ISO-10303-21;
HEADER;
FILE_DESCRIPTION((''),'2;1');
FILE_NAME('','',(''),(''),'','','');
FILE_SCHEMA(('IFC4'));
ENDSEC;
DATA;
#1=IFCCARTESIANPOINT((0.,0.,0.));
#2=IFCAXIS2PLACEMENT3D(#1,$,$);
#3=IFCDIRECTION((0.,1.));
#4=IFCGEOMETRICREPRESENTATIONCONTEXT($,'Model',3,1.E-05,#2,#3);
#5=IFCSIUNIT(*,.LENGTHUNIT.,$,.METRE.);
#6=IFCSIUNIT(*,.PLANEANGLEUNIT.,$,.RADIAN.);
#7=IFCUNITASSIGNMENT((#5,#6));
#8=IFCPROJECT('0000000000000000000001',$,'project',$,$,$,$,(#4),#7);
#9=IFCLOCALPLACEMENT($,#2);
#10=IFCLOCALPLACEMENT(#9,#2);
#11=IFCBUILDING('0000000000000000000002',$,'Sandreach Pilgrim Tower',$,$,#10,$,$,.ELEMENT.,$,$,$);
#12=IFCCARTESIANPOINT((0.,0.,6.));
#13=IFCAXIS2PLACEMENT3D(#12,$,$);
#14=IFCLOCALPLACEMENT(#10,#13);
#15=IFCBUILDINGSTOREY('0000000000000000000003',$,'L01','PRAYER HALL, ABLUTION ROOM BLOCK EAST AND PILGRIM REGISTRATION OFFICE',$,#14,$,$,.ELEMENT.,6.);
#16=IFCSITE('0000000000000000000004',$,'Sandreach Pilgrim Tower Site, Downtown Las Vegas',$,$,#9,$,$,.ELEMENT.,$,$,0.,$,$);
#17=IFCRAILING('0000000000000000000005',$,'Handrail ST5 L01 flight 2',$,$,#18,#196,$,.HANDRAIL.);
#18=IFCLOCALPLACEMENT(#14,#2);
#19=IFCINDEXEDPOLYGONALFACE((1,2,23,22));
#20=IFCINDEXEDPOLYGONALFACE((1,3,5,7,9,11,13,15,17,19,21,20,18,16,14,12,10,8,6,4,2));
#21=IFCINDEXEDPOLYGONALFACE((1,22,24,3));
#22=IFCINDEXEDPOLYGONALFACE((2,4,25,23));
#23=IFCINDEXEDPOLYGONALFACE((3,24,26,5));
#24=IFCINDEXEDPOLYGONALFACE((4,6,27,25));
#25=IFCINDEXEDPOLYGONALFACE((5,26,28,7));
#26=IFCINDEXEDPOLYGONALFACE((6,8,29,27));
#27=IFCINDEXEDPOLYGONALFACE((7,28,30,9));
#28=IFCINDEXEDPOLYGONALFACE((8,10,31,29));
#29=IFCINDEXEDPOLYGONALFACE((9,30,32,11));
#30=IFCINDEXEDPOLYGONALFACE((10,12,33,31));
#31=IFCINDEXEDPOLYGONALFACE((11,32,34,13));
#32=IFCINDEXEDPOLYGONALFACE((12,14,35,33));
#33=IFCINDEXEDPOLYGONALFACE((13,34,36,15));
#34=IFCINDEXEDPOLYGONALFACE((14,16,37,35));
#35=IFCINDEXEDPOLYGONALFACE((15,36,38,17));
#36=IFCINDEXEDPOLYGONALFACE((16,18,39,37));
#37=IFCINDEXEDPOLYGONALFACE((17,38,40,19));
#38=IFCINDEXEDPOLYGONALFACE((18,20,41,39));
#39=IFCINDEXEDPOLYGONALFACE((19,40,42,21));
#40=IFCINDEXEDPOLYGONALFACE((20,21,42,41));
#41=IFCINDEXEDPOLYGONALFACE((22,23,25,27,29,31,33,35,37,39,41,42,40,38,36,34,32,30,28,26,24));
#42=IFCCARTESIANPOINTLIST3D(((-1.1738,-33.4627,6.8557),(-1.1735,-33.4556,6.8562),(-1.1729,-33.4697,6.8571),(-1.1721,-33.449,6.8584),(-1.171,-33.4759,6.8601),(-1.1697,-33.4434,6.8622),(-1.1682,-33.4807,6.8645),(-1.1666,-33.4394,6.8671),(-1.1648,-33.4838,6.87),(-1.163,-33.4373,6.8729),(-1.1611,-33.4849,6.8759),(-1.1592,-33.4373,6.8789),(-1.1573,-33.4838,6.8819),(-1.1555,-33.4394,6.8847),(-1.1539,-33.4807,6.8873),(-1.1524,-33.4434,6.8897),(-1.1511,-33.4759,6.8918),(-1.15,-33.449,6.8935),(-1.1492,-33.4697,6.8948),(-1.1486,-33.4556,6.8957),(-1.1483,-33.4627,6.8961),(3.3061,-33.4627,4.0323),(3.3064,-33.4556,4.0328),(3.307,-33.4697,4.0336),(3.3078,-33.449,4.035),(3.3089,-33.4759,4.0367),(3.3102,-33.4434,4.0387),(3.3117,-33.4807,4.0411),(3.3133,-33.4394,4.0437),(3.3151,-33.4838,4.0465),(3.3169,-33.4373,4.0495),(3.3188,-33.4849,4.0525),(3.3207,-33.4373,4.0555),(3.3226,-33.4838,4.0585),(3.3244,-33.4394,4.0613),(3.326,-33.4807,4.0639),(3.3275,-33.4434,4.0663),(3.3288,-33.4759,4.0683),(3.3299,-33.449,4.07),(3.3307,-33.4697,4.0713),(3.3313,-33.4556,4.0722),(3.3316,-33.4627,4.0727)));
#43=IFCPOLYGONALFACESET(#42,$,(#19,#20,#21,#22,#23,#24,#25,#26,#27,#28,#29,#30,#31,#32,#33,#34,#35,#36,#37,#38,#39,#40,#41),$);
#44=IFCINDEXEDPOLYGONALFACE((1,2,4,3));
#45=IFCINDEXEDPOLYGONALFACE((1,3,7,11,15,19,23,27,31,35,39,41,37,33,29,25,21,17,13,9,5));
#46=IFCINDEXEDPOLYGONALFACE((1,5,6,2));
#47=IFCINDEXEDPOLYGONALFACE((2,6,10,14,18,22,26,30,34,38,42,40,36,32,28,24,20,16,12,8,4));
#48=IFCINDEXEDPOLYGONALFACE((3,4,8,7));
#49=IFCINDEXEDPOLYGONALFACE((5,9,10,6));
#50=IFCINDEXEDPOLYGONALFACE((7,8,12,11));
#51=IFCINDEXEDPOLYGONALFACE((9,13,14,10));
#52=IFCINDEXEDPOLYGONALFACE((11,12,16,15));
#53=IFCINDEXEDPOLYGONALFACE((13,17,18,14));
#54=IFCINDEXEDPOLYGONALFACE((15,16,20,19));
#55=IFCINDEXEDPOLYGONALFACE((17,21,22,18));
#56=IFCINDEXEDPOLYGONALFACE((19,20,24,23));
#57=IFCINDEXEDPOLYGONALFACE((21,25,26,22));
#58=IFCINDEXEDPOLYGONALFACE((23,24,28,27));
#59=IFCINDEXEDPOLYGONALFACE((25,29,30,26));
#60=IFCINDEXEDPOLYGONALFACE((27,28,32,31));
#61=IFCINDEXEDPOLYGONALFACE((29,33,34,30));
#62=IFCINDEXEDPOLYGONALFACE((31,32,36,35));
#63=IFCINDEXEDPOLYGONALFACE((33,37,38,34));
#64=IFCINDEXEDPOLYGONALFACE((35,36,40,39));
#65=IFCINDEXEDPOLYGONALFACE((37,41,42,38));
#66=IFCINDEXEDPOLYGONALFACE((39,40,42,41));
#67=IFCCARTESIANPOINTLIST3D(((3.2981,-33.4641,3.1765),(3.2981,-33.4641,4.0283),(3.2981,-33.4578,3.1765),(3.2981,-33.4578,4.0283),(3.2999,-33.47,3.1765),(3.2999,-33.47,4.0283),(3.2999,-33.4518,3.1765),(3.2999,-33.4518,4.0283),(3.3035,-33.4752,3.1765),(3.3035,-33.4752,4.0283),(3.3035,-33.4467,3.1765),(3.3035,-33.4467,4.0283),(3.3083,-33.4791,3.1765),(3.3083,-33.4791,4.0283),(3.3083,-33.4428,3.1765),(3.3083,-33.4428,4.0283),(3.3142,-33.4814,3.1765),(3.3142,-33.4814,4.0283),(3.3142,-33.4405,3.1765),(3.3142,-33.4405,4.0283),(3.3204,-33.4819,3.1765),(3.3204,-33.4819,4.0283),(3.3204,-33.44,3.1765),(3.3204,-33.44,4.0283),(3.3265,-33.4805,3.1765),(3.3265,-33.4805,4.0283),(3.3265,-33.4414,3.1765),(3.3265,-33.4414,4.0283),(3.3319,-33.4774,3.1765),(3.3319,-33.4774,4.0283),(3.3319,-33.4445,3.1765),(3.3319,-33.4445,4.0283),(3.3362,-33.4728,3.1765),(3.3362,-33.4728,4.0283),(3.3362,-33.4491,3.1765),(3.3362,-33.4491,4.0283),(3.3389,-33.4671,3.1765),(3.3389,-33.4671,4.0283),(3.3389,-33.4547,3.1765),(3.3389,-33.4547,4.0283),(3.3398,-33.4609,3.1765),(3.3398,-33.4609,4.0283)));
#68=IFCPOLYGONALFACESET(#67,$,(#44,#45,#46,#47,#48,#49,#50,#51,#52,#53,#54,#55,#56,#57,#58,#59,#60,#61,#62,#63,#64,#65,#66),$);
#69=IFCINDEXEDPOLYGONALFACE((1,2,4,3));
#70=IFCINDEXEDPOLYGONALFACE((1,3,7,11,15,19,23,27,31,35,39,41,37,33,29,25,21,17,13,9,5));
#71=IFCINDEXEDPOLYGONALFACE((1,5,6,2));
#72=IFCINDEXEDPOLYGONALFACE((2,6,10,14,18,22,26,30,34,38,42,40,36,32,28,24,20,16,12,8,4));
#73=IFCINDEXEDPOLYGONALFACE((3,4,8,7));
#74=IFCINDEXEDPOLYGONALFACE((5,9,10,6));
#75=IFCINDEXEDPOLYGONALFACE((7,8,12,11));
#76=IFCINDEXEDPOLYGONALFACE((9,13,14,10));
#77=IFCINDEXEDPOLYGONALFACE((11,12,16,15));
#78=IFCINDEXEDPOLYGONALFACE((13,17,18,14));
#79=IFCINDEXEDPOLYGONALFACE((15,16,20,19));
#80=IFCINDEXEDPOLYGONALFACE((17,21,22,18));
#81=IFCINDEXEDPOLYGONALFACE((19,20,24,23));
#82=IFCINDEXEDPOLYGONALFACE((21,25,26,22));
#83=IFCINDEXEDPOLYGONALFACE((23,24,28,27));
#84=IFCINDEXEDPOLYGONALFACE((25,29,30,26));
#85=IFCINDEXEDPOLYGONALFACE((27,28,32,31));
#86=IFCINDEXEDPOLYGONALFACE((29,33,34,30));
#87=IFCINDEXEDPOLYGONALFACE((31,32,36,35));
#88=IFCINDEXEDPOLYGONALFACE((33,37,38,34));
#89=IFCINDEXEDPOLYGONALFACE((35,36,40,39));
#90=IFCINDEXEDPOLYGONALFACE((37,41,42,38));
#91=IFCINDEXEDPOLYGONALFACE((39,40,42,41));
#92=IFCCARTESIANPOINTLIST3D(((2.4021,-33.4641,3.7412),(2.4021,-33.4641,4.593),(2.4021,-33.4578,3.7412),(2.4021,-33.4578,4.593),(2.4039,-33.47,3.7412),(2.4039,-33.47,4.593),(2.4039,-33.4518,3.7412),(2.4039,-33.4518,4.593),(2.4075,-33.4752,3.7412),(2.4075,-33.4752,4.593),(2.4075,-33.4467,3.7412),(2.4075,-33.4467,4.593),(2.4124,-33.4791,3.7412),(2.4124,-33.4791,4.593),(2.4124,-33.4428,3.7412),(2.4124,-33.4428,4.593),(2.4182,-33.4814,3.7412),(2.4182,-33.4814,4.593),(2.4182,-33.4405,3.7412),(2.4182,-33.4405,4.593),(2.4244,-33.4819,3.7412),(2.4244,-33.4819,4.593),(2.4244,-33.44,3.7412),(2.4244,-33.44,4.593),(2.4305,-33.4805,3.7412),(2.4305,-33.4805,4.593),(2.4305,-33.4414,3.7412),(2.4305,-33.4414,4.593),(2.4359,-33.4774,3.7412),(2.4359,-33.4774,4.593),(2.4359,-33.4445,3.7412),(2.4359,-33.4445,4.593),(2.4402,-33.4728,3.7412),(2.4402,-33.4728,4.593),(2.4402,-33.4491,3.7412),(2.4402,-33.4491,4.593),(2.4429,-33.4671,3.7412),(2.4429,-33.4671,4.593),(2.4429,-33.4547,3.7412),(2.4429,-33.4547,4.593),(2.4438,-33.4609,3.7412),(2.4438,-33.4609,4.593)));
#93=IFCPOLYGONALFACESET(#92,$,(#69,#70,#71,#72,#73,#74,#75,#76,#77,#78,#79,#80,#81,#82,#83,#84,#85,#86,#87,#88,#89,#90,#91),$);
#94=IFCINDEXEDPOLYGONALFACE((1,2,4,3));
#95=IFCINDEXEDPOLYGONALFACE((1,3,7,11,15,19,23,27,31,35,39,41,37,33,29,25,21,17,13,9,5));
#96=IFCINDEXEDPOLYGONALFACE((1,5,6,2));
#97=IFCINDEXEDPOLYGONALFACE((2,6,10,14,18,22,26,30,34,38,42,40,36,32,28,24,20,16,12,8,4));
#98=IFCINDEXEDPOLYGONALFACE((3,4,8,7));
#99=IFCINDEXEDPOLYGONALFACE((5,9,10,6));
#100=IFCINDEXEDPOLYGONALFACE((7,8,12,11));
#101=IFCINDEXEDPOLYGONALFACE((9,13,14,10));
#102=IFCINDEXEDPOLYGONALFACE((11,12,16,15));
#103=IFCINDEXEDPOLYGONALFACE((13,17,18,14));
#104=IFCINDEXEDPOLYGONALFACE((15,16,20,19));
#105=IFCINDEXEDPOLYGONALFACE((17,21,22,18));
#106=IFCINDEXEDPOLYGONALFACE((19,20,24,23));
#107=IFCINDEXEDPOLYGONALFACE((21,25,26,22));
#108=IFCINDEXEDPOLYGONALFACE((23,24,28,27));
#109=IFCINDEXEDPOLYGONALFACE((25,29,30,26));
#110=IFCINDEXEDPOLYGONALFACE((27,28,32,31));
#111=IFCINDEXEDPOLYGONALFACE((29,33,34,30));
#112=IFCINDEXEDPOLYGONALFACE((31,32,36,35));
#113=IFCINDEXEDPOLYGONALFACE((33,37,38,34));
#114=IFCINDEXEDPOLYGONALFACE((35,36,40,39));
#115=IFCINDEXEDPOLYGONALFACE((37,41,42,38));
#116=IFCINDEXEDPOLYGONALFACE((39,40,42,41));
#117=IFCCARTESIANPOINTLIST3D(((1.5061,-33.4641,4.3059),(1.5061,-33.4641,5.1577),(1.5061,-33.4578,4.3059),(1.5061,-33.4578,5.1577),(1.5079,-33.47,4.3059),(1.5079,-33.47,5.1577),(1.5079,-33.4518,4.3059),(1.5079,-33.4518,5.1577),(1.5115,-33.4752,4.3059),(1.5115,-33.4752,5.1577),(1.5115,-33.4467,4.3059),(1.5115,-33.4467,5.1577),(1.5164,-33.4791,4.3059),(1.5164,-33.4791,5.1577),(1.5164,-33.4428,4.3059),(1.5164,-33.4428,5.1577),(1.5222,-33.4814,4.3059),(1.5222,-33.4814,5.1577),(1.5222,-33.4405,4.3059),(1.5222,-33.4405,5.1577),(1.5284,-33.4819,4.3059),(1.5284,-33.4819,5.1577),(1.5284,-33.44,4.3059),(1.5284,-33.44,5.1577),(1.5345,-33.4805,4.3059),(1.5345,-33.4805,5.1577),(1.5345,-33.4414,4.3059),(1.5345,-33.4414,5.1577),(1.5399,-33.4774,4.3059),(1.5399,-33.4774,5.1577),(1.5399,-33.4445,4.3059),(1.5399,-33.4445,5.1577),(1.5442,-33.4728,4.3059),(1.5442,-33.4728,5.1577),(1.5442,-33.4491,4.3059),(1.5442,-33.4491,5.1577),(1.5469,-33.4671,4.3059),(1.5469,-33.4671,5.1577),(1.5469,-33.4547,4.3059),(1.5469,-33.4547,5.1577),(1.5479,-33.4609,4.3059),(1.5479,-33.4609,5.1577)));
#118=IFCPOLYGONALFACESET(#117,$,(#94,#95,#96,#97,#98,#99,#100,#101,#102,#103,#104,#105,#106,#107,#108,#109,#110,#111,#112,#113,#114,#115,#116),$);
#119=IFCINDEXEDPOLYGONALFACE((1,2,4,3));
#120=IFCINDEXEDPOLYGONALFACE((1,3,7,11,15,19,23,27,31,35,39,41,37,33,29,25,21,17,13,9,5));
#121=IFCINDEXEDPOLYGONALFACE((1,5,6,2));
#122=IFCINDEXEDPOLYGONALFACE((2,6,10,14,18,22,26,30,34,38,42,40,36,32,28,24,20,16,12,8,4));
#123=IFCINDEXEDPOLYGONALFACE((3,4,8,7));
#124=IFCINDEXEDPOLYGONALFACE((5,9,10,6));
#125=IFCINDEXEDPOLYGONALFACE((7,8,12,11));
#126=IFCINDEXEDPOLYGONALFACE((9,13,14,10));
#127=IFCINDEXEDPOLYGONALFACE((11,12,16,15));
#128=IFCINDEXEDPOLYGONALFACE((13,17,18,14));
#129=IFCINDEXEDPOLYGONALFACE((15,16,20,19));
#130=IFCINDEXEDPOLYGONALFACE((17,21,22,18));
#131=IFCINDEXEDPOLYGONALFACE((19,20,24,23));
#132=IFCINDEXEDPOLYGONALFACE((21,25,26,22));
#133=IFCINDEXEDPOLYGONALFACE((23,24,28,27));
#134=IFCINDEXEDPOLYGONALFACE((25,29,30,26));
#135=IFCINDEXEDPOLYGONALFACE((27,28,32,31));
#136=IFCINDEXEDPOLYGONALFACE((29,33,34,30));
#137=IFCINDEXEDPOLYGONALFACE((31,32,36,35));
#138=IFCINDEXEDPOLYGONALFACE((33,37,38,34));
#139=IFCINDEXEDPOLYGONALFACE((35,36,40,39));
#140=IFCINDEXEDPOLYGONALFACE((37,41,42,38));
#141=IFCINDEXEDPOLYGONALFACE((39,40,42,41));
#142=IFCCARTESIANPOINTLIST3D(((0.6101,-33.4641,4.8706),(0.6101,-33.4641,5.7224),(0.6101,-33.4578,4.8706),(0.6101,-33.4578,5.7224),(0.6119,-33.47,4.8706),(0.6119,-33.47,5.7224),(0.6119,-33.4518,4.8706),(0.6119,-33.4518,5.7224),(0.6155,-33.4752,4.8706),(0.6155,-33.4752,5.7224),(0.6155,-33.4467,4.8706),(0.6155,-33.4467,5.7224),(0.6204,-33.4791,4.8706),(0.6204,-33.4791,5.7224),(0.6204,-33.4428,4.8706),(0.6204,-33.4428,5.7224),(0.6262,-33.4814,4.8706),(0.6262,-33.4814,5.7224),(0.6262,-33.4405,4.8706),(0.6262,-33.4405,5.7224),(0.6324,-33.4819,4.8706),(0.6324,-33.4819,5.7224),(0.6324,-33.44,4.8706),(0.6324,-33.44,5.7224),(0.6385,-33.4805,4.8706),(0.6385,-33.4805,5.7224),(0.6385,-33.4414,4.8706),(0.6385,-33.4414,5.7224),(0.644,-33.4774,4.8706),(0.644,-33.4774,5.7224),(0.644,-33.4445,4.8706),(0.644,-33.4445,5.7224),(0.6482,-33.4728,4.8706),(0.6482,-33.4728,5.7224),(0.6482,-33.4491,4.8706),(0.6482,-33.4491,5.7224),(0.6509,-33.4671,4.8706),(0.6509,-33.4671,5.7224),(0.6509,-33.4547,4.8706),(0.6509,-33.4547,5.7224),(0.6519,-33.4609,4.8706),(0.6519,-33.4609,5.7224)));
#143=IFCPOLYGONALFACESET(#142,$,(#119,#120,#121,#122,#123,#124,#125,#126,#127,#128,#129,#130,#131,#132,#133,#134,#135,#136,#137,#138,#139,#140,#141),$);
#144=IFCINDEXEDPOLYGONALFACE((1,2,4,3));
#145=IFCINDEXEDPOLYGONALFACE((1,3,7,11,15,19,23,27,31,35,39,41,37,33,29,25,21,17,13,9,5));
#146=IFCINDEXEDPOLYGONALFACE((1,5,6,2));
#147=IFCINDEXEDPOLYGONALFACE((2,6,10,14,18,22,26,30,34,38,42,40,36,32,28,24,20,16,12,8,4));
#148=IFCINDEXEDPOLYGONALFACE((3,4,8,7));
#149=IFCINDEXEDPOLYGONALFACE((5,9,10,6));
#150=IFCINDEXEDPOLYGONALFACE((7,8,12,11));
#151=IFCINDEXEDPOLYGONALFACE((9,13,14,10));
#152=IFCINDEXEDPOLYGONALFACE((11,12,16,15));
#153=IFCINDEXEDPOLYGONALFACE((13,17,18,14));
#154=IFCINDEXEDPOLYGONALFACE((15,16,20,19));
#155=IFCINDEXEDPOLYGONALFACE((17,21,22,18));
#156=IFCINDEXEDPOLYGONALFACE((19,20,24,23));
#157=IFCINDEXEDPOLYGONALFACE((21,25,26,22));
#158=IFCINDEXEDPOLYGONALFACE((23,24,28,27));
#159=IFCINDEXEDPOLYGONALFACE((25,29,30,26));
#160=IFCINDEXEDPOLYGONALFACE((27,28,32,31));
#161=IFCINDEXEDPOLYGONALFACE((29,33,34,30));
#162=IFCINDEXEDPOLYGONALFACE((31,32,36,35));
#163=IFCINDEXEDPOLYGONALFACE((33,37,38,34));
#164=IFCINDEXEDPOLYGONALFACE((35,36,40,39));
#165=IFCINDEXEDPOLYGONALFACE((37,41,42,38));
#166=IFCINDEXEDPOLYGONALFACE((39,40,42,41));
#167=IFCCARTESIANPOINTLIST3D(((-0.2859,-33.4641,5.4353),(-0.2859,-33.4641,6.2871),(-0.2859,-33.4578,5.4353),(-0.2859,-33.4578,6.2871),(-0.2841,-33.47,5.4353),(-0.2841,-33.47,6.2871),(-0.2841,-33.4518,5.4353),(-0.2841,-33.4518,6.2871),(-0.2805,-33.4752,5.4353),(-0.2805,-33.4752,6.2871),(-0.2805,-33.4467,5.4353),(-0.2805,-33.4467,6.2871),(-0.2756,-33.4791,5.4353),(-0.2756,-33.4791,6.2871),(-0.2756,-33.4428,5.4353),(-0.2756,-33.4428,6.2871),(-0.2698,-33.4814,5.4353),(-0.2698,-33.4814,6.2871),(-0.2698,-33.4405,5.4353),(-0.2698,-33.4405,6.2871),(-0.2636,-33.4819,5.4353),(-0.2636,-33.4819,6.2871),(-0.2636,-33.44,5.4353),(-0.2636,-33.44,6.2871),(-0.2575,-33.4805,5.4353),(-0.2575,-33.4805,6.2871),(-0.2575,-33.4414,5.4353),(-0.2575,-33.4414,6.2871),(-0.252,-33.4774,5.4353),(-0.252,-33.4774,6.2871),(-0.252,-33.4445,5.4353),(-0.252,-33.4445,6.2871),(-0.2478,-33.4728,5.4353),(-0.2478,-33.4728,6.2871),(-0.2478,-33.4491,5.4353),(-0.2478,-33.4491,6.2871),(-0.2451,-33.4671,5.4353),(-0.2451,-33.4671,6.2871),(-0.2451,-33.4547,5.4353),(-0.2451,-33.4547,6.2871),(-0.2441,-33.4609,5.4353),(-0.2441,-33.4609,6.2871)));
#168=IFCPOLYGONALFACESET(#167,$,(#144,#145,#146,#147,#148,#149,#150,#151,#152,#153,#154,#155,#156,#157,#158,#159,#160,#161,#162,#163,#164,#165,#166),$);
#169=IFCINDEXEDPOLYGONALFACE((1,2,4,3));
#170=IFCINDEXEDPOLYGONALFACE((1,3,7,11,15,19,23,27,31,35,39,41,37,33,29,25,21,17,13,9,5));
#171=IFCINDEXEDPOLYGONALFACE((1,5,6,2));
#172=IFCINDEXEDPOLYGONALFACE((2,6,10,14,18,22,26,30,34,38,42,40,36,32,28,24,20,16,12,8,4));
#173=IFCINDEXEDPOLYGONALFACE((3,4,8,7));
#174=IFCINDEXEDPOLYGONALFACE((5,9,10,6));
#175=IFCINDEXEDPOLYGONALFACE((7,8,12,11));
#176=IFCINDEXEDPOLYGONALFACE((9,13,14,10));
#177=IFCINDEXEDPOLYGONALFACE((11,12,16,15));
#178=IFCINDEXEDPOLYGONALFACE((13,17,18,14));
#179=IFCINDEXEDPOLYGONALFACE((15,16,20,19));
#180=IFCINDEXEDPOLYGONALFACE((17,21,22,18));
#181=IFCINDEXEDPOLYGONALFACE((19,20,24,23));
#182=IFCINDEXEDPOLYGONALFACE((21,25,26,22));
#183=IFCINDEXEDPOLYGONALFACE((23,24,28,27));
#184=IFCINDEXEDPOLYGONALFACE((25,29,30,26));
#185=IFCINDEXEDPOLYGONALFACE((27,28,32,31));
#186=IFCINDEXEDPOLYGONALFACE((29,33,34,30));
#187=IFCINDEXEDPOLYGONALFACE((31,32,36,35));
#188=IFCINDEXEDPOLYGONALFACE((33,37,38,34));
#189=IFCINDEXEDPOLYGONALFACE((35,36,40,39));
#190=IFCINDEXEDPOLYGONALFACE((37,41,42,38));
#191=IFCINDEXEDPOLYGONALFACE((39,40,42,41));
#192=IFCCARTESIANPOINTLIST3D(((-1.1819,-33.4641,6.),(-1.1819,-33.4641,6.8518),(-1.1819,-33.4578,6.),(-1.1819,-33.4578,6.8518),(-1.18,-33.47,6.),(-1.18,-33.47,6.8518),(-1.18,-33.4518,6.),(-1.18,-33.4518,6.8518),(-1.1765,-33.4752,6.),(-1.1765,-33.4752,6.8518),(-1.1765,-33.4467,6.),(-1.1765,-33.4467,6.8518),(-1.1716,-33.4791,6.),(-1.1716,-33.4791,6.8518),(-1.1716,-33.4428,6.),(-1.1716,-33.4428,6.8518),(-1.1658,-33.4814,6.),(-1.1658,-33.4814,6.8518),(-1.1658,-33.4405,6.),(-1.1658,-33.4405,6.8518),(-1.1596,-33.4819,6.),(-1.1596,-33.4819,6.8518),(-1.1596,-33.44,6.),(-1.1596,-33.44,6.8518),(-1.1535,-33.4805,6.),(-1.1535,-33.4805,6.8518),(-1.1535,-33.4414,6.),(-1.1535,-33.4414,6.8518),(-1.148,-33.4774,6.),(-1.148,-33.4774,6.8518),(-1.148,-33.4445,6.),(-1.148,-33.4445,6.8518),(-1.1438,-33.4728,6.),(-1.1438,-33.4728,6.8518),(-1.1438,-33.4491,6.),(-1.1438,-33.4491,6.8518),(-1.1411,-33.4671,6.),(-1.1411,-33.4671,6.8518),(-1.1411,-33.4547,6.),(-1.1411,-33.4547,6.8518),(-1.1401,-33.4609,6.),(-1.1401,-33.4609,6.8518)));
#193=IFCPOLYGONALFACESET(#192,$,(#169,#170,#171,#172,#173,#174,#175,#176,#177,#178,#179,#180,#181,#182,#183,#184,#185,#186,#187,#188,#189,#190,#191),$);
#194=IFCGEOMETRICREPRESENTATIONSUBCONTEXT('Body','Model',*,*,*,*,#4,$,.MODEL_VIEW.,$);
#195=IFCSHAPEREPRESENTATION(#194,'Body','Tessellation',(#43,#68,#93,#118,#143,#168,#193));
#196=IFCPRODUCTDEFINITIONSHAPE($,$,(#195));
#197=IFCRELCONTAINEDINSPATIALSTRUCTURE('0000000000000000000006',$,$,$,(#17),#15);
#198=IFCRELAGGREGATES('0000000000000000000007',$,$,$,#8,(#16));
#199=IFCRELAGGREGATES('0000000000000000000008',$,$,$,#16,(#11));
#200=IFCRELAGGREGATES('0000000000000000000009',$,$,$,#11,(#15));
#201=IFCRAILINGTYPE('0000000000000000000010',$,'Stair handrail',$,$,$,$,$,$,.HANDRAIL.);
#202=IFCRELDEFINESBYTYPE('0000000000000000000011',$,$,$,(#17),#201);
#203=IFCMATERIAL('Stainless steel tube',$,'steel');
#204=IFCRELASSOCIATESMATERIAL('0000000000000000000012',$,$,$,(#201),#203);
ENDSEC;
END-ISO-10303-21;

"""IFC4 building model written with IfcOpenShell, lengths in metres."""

from ifc_helpers import new_model, si_unit, direction, frame, origin, origin_2d, place, context, subcontext, project, spatial, circle, extrude, material, type_object, element, save


model = new_model("IFC4")

# Units and contexts
model_context = context("Model", 3, precision=1e-05, world=origin(), true_north=direction((0.0, 1.0)))
body_context = subcontext(model_context, "Body", "Model", "MODEL_VIEW")
ifc_project = project(units=[si_unit("LENGTHUNIT", "METRE"), si_unit("PLANEANGLEUNIT", "RADIAN")], contexts=[model_context])

# Site, building, storey
site_placement = place(None, origin())
site = spatial("IfcSite", under=ifc_project, at=site_placement, Name="Sandreach Pilgrim Tower Site, Downtown Las Vegas", CompositionType="ELEMENT", RefElevation=0.0)
building_placement = place(site_placement, origin())
building = spatial("IfcBuilding", under=site, at=building_placement, Name="Sandreach Pilgrim Tower", CompositionType="ELEMENT")
storey_placement = place(building_placement, frame((0.0, 0.0, 6.0)))
storey = spatial("IfcBuildingStorey", under=building, at=storey_placement, Name="L01", Description="PRAYER HALL, ABLUTION ROOM BLOCK EAST AND PILGRIM REGISTRATION OFFICE", CompositionType="ELEMENT", Elevation=6.0)

# Railing
ifc_material_1 = material(Name="Stainless steel tube", Category="steel")
railing_type = type_object("IfcRailingType", Name="Stair handrail", PredefinedType="HANDRAIL", material=ifc_material_1)
for number, where, name in (
    (1, (3.3188, -33.4609, 3.1765), "Handrail ST5 L01 flight 2"),
):
    element("IfcRailing", number, at=place(storey_placement, frame(where)), inside=storey, type_object=railing_type, Name=name, PredefinedType="HANDRAIL", context=body_context, shape_type="SweptSolid", body=[
        extrude(circle(Radius=0.0239, at=origin_2d()), frame((0.0, 0.0, 0.876), z_axis=(-0.845998, 0.0, 0.533186), x_axis=(0.0, -1.0, 0.0)), (0.0, 0.0, 1.0), 5.2954),
        extrude(circle(Radius=0.021, at=origin_2d()), origin(), (0.0, 0.0, 1.0), 0.8518),
        extrude(circle(Radius=0.021, at=origin_2d()), frame((-0.896, 0.0, 0.5647)), (0.0, 0.0, 1.0), 0.8518),
        extrude(circle(Radius=0.021, at=origin_2d()), frame((-1.792, 0.0, 1.1294)), (0.0, 0.0, 1.0), 0.8518),
        extrude(circle(Radius=0.021, at=origin_2d()), frame((-2.688, 0.0, 1.6941)), (0.0, 0.0, 1.0), 0.8518),
        extrude(circle(Radius=0.021, at=origin_2d()), frame((-3.584, 0.0, 2.2588)), (0.0, 0.0, 1.0), 0.8518),
        extrude(circle(Radius=0.021, at=origin_2d()), frame((-4.48, 0.0, 2.8235)), (0.0, 0.0, 1.0), 0.8518),
    ])

save(model, "model.ifc")
